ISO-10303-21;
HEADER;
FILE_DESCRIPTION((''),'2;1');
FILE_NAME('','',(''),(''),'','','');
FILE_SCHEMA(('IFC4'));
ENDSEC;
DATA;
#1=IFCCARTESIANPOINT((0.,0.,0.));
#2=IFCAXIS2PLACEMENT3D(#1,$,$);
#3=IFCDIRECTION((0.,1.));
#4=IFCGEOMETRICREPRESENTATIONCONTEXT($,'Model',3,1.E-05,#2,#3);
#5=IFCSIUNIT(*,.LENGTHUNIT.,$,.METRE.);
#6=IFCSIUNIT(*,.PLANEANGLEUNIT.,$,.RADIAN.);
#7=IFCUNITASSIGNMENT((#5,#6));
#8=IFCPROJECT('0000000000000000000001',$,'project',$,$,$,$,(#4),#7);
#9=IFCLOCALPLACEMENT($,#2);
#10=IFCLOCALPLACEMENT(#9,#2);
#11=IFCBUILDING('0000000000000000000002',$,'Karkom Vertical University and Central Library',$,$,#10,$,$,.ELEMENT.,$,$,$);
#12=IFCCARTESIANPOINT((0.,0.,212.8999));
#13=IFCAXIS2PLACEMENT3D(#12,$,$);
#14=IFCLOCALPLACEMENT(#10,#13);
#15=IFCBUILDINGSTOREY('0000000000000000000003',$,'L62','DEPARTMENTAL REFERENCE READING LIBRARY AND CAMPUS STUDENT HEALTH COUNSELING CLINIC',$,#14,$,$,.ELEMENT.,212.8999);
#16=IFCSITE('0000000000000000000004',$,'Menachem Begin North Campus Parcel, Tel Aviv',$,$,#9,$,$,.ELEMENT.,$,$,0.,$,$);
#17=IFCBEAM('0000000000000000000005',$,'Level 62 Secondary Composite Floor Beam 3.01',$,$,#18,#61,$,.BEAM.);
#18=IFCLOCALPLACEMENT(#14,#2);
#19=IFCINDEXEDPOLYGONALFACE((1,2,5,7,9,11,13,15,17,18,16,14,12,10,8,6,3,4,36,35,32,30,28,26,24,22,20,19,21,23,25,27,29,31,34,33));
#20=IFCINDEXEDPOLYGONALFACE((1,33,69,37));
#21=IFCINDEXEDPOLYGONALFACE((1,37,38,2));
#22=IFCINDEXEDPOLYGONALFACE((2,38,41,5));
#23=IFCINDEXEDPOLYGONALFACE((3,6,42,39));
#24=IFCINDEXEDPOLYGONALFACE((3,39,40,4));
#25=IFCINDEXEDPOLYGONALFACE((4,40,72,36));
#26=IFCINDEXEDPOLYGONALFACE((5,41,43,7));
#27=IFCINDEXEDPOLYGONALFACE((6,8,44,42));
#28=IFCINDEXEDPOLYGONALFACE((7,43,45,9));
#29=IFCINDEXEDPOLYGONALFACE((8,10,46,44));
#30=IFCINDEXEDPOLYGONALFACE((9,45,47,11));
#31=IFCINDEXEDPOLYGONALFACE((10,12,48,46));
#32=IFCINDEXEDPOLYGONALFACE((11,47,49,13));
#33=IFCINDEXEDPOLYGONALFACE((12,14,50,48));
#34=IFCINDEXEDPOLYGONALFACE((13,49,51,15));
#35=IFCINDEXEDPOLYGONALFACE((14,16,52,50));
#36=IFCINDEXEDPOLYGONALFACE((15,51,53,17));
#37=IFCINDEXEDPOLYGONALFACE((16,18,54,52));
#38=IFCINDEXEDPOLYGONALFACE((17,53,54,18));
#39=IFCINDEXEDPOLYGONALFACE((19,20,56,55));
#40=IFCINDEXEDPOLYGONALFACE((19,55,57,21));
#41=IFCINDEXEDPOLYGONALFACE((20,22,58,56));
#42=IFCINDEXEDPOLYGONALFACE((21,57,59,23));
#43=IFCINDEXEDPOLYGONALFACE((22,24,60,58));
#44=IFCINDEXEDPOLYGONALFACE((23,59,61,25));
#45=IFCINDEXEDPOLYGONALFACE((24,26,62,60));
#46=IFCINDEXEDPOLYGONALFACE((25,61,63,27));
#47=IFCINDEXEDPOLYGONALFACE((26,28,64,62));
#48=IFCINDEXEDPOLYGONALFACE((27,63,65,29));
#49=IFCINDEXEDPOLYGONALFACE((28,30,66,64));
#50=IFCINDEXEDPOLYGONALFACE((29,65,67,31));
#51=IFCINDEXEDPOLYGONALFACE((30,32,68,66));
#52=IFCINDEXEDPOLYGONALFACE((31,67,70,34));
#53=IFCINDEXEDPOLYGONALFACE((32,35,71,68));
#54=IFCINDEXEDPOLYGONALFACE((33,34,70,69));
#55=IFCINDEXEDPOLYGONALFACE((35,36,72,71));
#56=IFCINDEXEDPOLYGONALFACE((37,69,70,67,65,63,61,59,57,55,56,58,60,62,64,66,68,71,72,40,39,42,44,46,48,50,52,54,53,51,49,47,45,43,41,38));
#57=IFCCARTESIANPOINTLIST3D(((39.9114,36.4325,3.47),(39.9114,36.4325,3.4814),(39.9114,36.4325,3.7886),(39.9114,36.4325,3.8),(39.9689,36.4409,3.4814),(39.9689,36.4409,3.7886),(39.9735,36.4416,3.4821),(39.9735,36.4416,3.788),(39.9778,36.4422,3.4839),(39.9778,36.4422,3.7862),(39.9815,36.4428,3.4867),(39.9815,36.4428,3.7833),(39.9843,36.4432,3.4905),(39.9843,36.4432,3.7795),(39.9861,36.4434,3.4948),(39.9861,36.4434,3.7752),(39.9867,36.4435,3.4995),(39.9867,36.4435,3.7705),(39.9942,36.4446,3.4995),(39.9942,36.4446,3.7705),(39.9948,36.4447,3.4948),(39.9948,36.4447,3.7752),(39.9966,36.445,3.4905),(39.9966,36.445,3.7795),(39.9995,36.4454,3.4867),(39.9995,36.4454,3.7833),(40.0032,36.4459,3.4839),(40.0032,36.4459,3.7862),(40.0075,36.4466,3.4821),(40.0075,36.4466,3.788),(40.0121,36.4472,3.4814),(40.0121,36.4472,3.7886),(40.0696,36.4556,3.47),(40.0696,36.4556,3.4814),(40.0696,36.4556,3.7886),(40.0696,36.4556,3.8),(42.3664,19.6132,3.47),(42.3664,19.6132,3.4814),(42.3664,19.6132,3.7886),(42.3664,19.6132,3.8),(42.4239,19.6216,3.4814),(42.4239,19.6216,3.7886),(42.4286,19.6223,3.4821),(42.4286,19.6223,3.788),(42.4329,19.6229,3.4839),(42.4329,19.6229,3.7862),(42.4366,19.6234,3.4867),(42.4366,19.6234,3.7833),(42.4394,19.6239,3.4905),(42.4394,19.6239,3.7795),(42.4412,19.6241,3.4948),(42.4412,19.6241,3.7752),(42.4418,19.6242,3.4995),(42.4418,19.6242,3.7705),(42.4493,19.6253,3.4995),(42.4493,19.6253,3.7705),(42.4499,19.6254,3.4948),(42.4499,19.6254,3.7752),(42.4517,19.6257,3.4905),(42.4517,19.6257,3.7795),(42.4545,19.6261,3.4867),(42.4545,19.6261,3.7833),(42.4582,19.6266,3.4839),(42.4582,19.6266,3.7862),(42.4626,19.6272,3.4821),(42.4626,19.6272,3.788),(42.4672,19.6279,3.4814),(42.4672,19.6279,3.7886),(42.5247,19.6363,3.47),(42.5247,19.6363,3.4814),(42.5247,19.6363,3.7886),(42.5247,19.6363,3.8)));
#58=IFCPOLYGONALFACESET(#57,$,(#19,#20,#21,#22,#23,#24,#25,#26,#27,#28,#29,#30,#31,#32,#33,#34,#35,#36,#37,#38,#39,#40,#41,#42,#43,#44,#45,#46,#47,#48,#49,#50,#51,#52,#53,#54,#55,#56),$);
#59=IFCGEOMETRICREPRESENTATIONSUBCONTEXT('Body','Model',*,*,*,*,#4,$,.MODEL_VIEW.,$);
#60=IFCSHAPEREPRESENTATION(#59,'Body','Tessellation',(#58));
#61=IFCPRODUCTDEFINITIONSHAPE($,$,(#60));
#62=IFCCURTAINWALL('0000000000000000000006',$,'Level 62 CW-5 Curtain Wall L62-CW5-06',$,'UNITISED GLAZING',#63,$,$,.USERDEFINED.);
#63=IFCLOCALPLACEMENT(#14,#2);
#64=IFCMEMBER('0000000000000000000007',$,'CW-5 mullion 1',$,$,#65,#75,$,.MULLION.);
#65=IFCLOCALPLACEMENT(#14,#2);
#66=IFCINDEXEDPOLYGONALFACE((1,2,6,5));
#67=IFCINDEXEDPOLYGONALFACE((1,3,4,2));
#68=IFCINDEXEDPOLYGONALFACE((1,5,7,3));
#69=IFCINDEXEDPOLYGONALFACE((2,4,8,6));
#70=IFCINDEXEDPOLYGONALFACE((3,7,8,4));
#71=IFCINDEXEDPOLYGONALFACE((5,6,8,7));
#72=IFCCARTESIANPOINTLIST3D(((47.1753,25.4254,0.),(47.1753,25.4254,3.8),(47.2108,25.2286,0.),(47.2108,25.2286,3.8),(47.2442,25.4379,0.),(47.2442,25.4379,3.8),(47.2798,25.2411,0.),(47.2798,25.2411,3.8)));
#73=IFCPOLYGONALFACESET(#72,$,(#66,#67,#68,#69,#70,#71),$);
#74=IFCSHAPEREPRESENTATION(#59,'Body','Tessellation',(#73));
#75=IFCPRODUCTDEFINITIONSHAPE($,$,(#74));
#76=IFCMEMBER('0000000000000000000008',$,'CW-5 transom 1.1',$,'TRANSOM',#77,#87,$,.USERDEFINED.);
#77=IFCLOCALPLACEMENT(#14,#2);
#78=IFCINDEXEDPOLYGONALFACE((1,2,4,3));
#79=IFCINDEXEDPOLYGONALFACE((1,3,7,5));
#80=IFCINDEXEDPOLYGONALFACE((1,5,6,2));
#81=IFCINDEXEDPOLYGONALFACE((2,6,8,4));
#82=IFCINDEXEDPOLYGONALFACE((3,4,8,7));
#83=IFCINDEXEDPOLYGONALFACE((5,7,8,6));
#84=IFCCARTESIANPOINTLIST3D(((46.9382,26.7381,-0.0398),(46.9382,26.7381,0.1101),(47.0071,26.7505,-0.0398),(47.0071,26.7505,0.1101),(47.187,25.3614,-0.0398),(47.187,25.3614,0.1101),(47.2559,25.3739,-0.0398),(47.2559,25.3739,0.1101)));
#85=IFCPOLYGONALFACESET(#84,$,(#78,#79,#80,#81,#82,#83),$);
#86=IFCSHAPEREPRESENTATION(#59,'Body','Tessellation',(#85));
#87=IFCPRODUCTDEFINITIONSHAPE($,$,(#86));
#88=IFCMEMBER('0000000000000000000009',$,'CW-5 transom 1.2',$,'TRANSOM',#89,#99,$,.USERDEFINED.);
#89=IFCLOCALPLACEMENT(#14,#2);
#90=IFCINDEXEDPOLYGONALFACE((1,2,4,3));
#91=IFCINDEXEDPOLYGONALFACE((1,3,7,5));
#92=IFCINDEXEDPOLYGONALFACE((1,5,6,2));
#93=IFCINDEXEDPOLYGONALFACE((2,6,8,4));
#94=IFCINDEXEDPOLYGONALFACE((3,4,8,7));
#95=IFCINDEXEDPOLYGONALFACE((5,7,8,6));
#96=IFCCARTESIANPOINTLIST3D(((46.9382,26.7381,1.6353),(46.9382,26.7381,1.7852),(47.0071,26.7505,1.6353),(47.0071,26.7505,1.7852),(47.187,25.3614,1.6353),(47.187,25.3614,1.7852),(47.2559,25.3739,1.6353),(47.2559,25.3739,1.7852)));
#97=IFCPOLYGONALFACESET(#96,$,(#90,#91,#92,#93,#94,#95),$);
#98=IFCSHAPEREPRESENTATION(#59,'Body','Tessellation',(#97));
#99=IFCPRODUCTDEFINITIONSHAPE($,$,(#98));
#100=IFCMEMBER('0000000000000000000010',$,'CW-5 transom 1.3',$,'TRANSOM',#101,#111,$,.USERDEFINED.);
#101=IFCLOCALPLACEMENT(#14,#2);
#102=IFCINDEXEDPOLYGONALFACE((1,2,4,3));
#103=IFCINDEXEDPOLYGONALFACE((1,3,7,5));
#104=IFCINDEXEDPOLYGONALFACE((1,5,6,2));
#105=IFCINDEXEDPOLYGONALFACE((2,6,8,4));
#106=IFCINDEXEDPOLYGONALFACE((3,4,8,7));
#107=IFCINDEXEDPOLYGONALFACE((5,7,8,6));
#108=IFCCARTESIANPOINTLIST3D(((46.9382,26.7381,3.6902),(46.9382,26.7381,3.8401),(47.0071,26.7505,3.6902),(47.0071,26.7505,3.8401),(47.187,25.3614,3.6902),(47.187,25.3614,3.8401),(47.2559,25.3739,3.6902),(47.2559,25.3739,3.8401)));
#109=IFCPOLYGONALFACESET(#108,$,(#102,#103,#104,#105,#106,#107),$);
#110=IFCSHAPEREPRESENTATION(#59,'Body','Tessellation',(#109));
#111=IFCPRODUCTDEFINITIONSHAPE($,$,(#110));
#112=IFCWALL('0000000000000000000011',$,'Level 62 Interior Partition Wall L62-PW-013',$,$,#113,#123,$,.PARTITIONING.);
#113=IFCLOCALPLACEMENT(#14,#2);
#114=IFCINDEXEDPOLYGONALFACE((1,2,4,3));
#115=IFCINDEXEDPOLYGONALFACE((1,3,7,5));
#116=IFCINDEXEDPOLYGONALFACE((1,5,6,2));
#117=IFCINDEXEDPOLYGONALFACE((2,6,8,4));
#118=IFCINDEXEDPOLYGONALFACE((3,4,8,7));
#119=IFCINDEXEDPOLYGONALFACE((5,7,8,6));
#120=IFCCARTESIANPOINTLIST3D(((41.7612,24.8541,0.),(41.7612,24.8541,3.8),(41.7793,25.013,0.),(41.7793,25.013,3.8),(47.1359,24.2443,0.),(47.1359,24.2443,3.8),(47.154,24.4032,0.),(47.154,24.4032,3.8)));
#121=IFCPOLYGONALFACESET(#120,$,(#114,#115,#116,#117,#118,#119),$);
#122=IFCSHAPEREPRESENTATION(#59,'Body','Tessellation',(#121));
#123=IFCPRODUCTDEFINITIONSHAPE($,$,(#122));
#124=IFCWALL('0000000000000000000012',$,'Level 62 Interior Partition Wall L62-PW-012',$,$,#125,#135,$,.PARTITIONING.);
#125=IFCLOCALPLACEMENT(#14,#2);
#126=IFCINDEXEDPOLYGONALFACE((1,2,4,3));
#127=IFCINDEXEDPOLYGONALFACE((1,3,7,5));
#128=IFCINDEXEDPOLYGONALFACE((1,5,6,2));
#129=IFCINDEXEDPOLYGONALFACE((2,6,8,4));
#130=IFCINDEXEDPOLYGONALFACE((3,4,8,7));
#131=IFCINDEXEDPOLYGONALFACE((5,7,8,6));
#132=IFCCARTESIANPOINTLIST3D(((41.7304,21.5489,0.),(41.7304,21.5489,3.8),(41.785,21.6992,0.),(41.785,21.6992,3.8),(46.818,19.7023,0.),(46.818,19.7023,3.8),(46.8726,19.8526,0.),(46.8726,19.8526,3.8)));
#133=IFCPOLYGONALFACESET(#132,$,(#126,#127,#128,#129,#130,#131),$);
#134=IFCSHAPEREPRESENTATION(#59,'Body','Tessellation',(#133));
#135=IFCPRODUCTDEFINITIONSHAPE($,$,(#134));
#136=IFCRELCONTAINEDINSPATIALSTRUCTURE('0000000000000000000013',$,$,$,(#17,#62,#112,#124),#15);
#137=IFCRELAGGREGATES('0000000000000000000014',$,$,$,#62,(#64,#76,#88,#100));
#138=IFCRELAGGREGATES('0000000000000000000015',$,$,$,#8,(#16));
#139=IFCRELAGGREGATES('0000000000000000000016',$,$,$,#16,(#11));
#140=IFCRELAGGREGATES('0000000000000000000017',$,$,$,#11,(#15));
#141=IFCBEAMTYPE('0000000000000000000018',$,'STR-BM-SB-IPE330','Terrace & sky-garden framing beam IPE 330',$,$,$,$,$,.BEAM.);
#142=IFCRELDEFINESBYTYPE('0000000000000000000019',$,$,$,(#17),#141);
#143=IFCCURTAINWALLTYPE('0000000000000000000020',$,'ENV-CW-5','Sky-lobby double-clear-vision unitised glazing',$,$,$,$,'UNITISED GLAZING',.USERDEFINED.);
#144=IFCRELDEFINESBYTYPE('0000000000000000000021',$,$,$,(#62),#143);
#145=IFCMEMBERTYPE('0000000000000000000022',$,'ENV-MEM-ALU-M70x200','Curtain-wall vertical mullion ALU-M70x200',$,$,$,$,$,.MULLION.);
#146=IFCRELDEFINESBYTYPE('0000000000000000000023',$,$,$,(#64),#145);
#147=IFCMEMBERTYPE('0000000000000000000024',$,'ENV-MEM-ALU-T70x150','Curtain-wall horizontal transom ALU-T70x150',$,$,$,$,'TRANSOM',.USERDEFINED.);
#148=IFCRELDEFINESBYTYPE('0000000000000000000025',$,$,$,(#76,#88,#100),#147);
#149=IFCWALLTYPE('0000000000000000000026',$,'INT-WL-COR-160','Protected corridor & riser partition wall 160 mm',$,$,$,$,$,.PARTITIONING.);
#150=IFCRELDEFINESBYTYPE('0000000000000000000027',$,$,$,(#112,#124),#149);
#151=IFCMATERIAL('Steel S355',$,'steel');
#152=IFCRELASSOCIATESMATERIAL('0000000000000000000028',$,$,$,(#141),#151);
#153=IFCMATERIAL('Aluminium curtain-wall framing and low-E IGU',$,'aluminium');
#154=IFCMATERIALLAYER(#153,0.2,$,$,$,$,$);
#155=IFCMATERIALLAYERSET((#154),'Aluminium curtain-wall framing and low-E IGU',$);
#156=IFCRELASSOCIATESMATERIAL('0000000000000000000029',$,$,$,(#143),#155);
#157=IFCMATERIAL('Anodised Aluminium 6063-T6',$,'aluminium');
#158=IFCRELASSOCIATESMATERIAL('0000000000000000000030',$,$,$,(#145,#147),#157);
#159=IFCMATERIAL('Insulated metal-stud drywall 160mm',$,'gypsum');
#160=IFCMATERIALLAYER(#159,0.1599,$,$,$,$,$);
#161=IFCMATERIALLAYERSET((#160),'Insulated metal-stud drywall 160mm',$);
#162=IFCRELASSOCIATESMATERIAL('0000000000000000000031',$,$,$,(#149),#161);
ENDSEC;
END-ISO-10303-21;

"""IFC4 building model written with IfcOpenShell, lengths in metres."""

from ifc_helpers import new_model, si_unit, direction, frame, frame_2d, origin, origin_with_axes, origin_2d, place, context, subcontext, project, spatial, rectangle, i_section, extrude, source, transform, mapped, material, layer, layer_set, material_profile, profile_set, type_object, element, aggregate, save


model = new_model("IFC4")

# Units and contexts
model_context = context("Model", 3, precision=1e-05, world=origin(), true_north=direction((0.0, 1.0)))
body_context = subcontext(model_context, "Body", "Model", "MODEL_VIEW")
ifc_project = project(units=[si_unit("LENGTHUNIT", "METRE"), si_unit("PLANEANGLEUNIT", "RADIAN")], contexts=[model_context])

# Site, building, storey
site_placement = place(None, origin())
site = spatial("IfcSite", under=ifc_project, at=site_placement, Name="Menachem Begin North Campus Parcel, Tel Aviv", CompositionType="ELEMENT", RefElevation=0.0)
building_placement = place(site_placement, origin())
building = spatial("IfcBuilding", under=site, at=building_placement, Name="Karkom Vertical University and Central Library", CompositionType="ELEMENT")
storey_placement = place(building_placement, frame((0.0, 0.0, 212.8999)))
storey = spatial("IfcBuildingStorey", under=building, at=storey_placement, Name="L62", Description="DEPARTMENTAL REFERENCE READING LIBRARY AND CAMPUS STUDENT HEALTH COUNSELING CLINIC", CompositionType="ELEMENT", Elevation=212.8999)

# Beam
ifc_material_1 = material(Name="Steel S355", Category="steel")
ifc_material_profile_1 = material_profile(ifc_material_1, i_section(OverallWidth=0.1599, OverallDepth=0.3301, WebThickness=0.0076, FlangeThickness=0.0115, FilletRadius=0.0181, at=origin_2d()), Name="IPE 330")
ifc_profile_set_1 = profile_set([ifc_material_profile_1], Name="Steel S355")
beam_type_1 = type_object("IfcBeamType", Name="STR-BM-SB-IPE330", Description="Terrace & sky-garden framing beam IPE 330", PredefinedType="BEAM", material=ifc_profile_set_1)
shared_shape_1 = source(origin_with_axes(), body_context, "Body", "SweptSolid", [
    extrude(i_section(OverallWidth=0.1599, OverallDepth=0.3301, WebThickness=0.0076, FlangeThickness=0.0115, FilletRadius=0.0181, at=origin_2d()), origin(), (0.0, 0.0, 1.0), 16.9976),
])
beam_1_placement = place(storey_placement, frame((42.4456, 19.6248, 3.635), z_axis=(-0.144437, 0.989514, 0.0), x_axis=(-0.989514, -0.144437, 0.0)))
element("IfcBeam", 1, at=beam_1_placement, inside=storey, type_object=beam_type_1, Name="Level 62 Secondary Composite Floor Beam 3.01", PredefinedType="BEAM", context=body_context, shape_type="MappedRepresentation", body=[
    mapped(shared_shape_1, transform((0.0, 0.0, 0.0), scale=1.0)),
])

# Curtain wall, members
ifc_material_2 = material(Name="Aluminium curtain-wall framing and low-E IGU", Category="aluminium")
ifc_layer_1 = layer(ifc_material_2, 0.2)
ifc_layer_set_1 = layer_set([ifc_layer_1], Name="Aluminium curtain-wall framing and low-E IGU")
curtain_wall_type = type_object("IfcCurtainWallType", Name="ENV-CW-5", Description="Sky-lobby double-clear-vision unitised glazing", ElementType="UNITISED GLAZING", PredefinedType="USERDEFINED", material=ifc_layer_set_1)
curtain_wall_placement = place(storey_placement, origin())
curtain_wall = element("IfcCurtainWall", 2, at=curtain_wall_placement, inside=storey, type_object=curtain_wall_type, Name="Level 62 CW-5 Curtain Wall L62-CW5-06", ObjectType="UNITISED GLAZING", PredefinedType="USERDEFINED")
ifc_material_3 = material(Name="Anodised Aluminium 6063-T6", Category="aluminium")
ifc_material_profile_2 = material_profile(ifc_material_3, rectangle(XDim=0.0701, YDim=0.2, at=origin_2d()), Name="ALU-M70x200")
ifc_profile_set_2 = profile_set([ifc_material_profile_2], Name="Anodised Aluminium 6063-T6")
member_type_1 = type_object("IfcMemberType", Name="ENV-MEM-ALU-M70x200", Description="Curtain-wall vertical mullion ALU-M70x200", PredefinedType="MULLION", material=ifc_profile_set_2)
shared_shape_2 = source(origin_with_axes(), body_context, "Body", "SweptSolid", [
    extrude(rectangle(XDim=0.0701, YDim=0.2, at=origin_2d()), origin(), (0.0, 0.0, 1.0), 3.8),
])
member_1_placement = place(storey_placement, frame((47.2275, 25.3333, 0.0), z_axis=(0.0, 0.0, 1.0), x_axis=(-0.984072, -0.177772, 0.0)))
member_1 = element("IfcMember", 3, at=member_1_placement, type_object=member_type_1, Name="CW-5 mullion 1", PredefinedType="MULLION", context=body_context, shape_type="MappedRepresentation", body=[
    mapped(shared_shape_2, transform((0.0, 0.0, 0.0), scale=1.0)),
])
ifc_material_profile_3 = material_profile(ifc_material_3, rectangle(XDim=0.0701, YDim=0.1499, at=origin_2d()), Name="ALU-T70x150")
ifc_profile_set_3 = profile_set([ifc_material_profile_3], Name="Anodised Aluminium 6063-T6")
member_type_2 = type_object("IfcMemberType", Name="ENV-MEM-ALU-T70x150", Description="Curtain-wall horizontal transom ALU-T70x150", ElementType="TRANSOM", PredefinedType="USERDEFINED", material=ifc_profile_set_3)
shared_shape_3 = source(origin_with_axes(), body_context, "Body", "SweptSolid", [
    extrude(rectangle(XDim=0.0701, YDim=0.1499, at=origin_2d()), origin(), (0.0, 0.0, 1.0), 1.3989),
])
member_2_placement = place(storey_placement, frame((47.2214, 25.3677, 0.0352), z_axis=(-0.177826, 0.984062, 0.0), x_axis=(-0.984062, -0.177826, 0.0)))
member_2 = element("IfcMember", 4, at=member_2_placement, type_object=member_type_2, Name="CW-5 transom 1.1", ObjectType="TRANSOM", PredefinedType="USERDEFINED", context=body_context, shape_type="MappedRepresentation", body=[
    mapped(shared_shape_3, transform((0.0, 0.0, 0.0), scale=1.0)),
])
member_3_placement = place(storey_placement, frame((47.2214, 25.3677, 1.7102), z_axis=(-0.177826, 0.984062, 0.0), x_axis=(-0.984062, -0.177826, 0.0)))
member_3 = element("IfcMember", 5, at=member_3_placement, type_object=member_type_2, Name="CW-5 transom 1.2", ObjectType="TRANSOM", PredefinedType="USERDEFINED", context=body_context, shape_type="MappedRepresentation", body=[
    mapped(shared_shape_3, transform((0.0, 0.0, 0.0), scale=1.0)),
])
member_4_placement = place(storey_placement, frame((47.2214, 25.3677, 3.7651), z_axis=(-0.177826, 0.984062, 0.0), x_axis=(-0.984062, -0.177826, 0.0)))
member_4 = element("IfcMember", 6, at=member_4_placement, type_object=member_type_2, Name="CW-5 transom 1.3", ObjectType="TRANSOM", PredefinedType="USERDEFINED", context=body_context, shape_type="MappedRepresentation", body=[
    mapped(shared_shape_3, transform((0.0, 0.0, 0.0), scale=1.0)),
])
aggregate(curtain_wall, [member_1, member_2, member_3, member_4])

# Walls
ifc_material_4 = material(Name="Insulated metal-stud drywall 160mm", Category="gypsum")
ifc_layer_2 = layer(ifc_material_4, 0.1599)
ifc_layer_set_2 = layer_set([ifc_layer_2], Name="Insulated metal-stud drywall 160mm")
wall_type_1 = type_object("IfcWallType", Name="INT-WL-COR-160", Description="Protected corridor & riser partition wall 160 mm", PredefinedType="PARTITIONING", material=ifc_layer_set_2)
wall_1_placement = place(storey_placement, frame((41.7703, 24.9336, 0.0), z_axis=(0.0, 0.0, 1.0), x_axis=(0.993624, -0.112745, 0.0)))
element("IfcWall", 7, at=wall_1_placement, inside=storey, type_object=wall_type_1, Name="Level 62 Interior Partition Wall L62-PW-013", PredefinedType="PARTITIONING", context=body_context, shape_type="SweptSolid", body=[
    extrude(rectangle(XDim=5.4092, YDim=0.1599, at=frame_2d((2.7046, 0.0))), origin(), (0.0, 0.0, 1.0), 3.8),
])
wall_2_placement = place(storey_placement, frame((41.7578, 21.624, 0.0), z_axis=(0.0, 0.0, 1.0), x_axis=(0.939993, -0.341192, 0.0)))
element("IfcWall", 8, at=wall_2_placement, inside=storey, type_object=wall_type_1, Name="Level 62 Interior Partition Wall L62-PW-012", PredefinedType="PARTITIONING", context=body_context, shape_type="SweptSolid", body=[
    extrude(rectangle(XDim=5.4124, YDim=0.1599, at=frame_2d((2.7061, 0.0))), origin(), (0.0, 0.0, 1.0), 3.8),
])

save(model, "model.ifc")
